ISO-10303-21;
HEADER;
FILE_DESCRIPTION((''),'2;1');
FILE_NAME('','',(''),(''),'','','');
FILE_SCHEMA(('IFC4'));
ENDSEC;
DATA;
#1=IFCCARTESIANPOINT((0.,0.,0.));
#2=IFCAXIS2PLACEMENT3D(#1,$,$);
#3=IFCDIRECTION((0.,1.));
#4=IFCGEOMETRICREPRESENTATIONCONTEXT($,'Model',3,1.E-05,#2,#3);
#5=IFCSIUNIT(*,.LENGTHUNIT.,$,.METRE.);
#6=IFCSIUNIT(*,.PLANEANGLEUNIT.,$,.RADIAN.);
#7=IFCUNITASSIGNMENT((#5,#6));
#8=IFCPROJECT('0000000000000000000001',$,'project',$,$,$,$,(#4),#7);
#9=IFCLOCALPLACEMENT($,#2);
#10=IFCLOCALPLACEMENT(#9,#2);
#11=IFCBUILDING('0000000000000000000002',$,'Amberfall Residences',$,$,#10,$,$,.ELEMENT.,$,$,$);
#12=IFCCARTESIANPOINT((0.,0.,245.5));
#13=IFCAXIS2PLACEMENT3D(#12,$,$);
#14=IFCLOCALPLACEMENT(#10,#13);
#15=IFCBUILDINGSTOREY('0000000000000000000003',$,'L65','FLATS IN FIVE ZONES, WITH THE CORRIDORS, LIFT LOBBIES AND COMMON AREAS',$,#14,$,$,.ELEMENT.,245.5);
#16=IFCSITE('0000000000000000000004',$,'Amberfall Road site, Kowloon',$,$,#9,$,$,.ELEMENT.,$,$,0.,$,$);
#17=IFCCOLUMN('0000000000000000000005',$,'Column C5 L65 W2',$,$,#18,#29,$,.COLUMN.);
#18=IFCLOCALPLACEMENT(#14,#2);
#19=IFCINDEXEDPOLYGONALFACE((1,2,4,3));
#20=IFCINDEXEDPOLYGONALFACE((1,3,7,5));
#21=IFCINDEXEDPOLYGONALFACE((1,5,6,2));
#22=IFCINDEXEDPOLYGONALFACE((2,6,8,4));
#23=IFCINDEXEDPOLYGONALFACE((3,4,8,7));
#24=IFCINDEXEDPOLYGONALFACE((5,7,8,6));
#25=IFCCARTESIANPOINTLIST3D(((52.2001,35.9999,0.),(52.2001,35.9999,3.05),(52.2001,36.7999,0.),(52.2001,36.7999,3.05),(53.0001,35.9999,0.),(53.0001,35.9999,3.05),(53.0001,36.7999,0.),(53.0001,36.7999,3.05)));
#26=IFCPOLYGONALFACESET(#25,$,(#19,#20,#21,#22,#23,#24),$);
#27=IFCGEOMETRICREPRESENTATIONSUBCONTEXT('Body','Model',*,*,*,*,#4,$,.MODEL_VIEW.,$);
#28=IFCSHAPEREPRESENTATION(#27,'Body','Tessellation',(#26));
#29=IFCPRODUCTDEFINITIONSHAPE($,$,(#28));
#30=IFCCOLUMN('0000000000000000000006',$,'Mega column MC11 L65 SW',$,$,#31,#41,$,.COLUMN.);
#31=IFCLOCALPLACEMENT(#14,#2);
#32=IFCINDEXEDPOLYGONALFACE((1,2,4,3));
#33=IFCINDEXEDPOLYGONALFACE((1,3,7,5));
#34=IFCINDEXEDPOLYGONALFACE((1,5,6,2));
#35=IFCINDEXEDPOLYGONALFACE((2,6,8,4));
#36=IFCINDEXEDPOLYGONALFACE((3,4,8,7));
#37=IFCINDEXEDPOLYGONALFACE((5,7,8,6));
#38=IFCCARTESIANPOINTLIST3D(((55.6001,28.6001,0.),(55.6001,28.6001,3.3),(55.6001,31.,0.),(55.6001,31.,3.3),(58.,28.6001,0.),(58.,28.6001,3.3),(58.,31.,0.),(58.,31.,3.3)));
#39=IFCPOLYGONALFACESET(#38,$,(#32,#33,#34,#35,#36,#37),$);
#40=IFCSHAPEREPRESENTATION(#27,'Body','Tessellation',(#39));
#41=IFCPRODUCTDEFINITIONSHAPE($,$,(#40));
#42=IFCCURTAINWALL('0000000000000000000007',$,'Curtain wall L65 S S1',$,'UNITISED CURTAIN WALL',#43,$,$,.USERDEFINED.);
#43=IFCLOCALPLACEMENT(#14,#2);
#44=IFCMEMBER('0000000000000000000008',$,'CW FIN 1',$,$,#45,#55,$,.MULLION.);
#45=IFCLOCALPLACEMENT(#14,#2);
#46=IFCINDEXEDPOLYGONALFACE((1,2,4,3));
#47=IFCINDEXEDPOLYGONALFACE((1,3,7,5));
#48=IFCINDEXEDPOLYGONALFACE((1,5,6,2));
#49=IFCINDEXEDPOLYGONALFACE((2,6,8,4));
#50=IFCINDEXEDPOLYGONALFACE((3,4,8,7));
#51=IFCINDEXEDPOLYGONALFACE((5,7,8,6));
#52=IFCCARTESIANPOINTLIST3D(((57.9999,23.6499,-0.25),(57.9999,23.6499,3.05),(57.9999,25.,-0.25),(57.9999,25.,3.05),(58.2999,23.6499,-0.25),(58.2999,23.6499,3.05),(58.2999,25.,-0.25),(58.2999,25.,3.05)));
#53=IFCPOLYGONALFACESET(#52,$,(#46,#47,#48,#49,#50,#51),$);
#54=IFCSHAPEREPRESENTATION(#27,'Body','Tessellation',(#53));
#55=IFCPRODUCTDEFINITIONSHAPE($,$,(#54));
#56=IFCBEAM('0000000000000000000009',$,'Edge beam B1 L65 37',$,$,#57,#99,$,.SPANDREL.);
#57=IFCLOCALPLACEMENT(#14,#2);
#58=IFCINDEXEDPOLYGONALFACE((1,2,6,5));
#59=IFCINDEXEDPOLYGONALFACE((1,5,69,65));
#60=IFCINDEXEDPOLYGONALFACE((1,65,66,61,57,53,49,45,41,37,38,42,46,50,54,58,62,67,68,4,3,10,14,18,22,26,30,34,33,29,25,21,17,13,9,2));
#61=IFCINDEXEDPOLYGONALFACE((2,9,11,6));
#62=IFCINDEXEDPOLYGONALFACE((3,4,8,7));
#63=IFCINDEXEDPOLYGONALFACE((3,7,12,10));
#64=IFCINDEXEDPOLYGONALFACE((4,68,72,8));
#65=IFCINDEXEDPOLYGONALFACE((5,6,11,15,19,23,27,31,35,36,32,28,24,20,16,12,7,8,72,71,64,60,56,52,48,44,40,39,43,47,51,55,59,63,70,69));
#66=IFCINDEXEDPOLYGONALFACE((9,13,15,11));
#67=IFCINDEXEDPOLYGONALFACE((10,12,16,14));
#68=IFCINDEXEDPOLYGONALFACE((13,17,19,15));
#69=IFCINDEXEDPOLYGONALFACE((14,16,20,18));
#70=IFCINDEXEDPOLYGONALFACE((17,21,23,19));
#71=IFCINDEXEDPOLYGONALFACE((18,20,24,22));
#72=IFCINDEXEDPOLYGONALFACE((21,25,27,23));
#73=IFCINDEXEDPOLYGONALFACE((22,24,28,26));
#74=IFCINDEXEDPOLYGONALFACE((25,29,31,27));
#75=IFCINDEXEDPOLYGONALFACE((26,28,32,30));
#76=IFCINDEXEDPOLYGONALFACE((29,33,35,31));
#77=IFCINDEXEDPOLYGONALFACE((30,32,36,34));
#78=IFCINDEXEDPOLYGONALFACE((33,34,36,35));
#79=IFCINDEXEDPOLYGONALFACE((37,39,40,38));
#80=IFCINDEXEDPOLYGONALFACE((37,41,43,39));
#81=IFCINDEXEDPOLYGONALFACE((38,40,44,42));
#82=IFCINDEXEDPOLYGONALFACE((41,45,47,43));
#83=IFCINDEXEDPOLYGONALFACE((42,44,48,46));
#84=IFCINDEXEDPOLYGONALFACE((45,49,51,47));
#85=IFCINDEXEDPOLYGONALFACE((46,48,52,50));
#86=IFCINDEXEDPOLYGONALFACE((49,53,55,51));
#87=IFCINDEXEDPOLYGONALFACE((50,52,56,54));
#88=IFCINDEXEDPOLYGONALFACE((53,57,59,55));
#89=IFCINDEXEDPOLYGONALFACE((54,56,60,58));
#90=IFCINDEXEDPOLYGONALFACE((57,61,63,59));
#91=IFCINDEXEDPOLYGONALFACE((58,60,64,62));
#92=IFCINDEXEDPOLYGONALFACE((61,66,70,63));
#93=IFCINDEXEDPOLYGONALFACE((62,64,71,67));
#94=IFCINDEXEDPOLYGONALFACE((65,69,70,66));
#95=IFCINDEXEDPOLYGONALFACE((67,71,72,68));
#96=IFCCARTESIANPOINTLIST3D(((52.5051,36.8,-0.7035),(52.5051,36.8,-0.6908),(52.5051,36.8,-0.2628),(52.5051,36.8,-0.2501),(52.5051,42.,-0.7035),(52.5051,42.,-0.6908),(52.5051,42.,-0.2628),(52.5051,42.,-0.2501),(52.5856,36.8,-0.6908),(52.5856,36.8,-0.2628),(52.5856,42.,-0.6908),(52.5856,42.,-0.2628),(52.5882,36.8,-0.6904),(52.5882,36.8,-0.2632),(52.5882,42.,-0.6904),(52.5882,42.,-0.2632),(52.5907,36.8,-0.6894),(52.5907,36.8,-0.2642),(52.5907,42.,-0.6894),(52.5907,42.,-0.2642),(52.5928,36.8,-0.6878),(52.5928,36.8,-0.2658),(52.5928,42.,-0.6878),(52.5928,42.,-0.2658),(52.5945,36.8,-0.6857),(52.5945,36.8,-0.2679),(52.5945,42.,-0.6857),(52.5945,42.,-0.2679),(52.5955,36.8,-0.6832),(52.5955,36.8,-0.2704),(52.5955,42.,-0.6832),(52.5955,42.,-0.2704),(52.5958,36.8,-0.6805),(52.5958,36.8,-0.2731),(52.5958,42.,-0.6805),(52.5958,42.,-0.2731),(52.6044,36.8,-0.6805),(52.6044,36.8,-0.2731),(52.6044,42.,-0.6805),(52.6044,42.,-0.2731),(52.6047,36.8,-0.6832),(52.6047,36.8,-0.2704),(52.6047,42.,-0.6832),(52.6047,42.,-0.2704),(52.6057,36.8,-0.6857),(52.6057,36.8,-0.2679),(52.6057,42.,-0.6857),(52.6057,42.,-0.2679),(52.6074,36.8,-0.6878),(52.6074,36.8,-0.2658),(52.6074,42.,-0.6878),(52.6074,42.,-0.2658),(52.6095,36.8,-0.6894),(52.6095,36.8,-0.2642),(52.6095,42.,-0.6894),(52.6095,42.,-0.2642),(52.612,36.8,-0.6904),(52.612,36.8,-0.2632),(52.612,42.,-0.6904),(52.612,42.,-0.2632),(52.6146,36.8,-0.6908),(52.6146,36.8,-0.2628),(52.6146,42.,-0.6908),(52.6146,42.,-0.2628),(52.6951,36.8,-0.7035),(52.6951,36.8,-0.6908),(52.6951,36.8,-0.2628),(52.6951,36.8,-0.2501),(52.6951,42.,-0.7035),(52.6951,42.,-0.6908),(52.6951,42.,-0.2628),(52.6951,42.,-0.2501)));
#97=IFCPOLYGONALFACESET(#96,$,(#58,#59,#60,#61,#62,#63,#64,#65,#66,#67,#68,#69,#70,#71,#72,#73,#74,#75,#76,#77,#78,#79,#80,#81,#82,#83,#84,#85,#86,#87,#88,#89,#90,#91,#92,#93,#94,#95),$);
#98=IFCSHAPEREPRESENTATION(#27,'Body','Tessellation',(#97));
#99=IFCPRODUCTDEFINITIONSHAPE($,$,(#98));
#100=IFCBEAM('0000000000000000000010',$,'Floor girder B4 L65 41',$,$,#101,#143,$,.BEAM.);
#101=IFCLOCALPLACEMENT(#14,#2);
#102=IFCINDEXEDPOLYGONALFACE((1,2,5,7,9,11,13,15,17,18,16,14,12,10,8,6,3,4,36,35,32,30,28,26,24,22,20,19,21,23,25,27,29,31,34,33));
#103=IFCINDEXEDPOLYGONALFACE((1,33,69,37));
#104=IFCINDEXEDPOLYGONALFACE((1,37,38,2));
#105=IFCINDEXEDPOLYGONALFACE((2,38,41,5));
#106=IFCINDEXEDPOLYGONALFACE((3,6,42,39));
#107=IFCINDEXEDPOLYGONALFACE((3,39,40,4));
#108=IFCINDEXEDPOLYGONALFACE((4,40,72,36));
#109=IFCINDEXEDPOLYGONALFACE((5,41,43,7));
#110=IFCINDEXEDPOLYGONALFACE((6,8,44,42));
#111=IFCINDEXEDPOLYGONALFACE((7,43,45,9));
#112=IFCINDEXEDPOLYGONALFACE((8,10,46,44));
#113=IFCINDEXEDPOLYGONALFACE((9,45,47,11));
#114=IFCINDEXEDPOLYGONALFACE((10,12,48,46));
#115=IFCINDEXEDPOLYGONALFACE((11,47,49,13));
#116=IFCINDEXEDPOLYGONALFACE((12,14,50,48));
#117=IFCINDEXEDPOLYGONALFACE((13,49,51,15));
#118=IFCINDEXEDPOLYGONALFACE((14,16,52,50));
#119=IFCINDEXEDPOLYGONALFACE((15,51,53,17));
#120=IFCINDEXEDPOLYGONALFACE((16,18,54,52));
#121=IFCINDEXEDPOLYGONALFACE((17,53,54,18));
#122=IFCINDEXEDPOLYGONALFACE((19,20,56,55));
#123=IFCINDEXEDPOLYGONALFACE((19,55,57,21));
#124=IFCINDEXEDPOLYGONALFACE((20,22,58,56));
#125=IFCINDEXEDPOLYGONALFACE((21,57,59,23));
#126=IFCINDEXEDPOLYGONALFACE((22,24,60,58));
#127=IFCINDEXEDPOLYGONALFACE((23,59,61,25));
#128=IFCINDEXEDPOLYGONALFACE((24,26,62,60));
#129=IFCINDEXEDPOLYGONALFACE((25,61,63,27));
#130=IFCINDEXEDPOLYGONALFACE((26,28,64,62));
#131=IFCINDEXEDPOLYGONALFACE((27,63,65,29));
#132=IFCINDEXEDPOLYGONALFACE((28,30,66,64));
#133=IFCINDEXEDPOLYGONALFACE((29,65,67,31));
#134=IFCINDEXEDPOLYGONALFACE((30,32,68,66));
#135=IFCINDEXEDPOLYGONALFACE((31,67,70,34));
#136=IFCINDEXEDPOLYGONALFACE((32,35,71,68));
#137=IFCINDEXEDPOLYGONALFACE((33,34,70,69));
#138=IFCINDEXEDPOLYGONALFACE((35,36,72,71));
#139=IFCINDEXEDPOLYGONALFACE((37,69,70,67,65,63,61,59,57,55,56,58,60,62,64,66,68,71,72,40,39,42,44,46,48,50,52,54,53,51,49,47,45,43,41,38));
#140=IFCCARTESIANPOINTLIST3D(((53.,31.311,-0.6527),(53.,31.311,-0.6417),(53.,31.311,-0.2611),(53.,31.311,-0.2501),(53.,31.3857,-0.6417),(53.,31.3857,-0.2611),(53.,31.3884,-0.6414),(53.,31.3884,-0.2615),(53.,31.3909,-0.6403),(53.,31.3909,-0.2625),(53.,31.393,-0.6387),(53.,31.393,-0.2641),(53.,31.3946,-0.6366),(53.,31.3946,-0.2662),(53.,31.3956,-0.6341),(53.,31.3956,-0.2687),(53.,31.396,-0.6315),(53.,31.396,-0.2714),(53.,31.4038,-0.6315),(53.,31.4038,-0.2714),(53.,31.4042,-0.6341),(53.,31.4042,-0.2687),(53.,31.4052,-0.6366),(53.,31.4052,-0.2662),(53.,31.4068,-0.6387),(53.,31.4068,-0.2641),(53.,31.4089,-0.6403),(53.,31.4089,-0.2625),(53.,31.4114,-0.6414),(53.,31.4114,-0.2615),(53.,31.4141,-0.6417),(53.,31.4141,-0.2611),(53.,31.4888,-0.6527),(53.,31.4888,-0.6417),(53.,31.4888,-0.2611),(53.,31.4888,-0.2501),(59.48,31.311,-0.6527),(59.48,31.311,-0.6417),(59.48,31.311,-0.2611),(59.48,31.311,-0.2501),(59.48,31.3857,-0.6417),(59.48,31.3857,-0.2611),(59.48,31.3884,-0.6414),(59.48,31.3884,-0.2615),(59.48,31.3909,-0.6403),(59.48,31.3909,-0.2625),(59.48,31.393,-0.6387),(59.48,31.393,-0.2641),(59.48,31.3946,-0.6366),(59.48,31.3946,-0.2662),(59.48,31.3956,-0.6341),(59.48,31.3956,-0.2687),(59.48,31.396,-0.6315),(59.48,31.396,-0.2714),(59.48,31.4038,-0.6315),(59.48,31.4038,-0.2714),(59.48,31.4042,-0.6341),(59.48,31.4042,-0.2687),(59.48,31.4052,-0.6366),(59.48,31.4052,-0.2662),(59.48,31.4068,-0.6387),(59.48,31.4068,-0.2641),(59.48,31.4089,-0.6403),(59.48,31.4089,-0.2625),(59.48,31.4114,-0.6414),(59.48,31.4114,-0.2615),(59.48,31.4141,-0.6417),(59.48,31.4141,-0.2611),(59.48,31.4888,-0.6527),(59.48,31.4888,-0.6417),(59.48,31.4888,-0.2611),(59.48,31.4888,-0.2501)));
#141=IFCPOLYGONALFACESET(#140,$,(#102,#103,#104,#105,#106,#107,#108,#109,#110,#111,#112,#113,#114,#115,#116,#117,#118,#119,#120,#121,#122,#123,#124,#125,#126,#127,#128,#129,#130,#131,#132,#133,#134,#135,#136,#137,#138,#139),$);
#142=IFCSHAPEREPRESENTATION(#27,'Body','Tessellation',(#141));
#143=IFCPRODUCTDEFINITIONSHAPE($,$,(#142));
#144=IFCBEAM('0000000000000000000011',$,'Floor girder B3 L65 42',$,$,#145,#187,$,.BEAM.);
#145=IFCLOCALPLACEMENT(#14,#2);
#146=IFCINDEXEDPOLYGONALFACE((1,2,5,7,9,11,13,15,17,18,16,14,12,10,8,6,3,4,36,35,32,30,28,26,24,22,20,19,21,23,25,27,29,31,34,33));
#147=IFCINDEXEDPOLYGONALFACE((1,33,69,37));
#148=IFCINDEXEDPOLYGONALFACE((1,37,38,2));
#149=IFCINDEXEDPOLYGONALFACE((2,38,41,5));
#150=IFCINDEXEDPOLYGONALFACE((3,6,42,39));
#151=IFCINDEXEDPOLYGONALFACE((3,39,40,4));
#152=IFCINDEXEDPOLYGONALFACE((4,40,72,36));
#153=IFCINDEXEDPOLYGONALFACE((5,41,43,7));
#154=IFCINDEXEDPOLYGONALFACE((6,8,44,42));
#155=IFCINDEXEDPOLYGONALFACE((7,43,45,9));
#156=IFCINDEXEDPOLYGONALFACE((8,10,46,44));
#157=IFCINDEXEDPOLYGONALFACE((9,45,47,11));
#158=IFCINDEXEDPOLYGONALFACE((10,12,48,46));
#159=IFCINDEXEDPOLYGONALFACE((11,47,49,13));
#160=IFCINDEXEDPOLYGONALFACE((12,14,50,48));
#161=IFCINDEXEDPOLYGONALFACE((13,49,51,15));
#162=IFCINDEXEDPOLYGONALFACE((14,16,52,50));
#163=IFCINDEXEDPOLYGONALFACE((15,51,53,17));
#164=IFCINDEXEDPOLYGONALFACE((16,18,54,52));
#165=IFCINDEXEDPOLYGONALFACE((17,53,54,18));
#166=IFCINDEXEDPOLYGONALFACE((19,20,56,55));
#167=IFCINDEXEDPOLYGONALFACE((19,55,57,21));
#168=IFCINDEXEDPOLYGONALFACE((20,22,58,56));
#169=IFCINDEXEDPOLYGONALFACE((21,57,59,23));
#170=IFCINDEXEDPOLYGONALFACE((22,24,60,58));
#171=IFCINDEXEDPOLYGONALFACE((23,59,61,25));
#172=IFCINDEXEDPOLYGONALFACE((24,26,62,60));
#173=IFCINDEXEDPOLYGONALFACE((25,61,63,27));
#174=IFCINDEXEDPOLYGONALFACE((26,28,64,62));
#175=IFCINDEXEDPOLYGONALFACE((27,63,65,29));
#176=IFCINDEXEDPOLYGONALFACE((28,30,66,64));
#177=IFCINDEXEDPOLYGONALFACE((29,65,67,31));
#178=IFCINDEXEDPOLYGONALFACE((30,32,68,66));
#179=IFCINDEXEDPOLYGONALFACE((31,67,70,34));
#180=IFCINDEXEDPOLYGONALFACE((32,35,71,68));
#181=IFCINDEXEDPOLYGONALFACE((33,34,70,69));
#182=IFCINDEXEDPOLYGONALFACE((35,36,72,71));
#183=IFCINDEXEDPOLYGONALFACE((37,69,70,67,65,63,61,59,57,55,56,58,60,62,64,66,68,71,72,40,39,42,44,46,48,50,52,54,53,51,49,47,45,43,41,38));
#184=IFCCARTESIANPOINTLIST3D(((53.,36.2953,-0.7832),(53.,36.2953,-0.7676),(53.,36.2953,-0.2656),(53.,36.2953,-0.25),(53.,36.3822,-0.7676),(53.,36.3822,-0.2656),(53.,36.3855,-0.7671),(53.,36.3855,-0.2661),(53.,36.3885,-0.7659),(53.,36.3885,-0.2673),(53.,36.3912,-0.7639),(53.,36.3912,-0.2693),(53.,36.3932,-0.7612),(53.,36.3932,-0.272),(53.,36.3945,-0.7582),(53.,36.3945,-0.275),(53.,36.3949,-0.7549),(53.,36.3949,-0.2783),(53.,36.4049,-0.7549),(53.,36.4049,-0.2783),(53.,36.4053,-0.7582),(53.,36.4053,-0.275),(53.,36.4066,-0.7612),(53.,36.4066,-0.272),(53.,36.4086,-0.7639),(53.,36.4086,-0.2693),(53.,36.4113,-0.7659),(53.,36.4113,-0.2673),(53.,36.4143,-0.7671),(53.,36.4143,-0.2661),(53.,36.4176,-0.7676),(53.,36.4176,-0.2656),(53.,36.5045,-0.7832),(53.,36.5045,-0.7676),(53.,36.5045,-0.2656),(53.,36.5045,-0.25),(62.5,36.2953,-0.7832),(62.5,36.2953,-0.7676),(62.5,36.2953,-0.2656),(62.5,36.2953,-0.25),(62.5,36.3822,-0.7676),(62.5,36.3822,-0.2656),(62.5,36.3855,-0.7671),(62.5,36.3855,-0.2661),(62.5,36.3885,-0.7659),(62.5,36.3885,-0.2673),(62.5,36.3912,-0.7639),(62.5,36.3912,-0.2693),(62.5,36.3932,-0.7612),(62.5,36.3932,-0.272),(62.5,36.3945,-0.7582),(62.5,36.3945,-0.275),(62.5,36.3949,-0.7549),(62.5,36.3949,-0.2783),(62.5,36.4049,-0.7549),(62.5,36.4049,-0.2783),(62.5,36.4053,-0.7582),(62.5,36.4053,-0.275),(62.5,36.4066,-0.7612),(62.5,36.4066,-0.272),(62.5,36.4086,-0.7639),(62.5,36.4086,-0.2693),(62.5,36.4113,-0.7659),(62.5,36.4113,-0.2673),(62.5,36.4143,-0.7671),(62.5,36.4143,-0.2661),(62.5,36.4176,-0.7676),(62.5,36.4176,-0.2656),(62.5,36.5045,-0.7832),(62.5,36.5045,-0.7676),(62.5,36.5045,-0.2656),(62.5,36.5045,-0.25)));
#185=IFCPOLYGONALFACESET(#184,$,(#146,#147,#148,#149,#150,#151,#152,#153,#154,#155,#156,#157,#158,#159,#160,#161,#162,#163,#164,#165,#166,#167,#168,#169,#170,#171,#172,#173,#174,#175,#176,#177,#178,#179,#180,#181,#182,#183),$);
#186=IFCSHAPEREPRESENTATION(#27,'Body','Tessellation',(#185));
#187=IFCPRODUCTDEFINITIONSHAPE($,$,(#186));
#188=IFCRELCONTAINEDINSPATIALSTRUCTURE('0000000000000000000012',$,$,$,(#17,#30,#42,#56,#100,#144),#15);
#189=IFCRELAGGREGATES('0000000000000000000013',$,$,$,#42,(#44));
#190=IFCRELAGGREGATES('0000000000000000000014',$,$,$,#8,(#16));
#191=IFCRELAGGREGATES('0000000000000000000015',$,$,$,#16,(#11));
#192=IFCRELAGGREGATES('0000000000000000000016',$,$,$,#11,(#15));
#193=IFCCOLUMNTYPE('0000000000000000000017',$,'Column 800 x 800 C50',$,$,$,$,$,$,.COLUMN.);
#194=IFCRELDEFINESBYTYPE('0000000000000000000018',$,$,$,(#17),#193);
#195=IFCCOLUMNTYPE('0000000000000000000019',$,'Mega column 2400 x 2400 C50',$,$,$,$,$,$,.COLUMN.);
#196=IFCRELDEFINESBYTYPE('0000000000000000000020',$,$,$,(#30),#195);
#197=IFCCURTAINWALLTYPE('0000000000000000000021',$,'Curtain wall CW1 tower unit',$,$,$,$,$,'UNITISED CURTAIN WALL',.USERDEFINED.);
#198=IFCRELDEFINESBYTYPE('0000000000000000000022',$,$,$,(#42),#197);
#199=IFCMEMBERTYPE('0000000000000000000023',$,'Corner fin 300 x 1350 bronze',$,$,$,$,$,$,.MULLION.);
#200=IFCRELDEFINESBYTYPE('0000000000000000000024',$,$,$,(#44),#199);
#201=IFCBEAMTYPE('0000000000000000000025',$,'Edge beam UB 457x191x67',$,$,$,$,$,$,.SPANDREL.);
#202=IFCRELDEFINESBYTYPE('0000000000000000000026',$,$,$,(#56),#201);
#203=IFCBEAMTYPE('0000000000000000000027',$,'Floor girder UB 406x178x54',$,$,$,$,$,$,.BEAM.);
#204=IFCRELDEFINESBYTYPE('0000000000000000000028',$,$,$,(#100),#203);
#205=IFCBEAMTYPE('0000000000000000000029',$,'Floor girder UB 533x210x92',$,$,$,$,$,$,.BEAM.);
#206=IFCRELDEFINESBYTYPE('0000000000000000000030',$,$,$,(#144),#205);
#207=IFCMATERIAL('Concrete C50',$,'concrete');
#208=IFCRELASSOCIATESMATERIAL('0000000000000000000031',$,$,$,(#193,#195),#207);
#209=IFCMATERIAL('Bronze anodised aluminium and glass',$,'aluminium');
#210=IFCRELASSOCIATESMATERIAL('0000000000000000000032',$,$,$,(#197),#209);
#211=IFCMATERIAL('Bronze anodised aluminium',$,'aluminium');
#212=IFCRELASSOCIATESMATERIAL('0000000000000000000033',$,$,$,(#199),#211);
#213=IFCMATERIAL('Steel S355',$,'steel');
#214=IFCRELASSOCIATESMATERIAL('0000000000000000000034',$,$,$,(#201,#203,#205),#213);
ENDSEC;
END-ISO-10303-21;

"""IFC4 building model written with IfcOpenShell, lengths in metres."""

from ifc_helpers import new_model, si_unit, direction, frame, origin, origin_2d, place, context, subcontext, project, spatial, rectangle, i_section, extrude, material, material_profile, profile_set, type_object, element, aggregate, save


model = new_model("IFC4")

# Units and contexts
model_context = context("Model", 3, precision=1e-05, world=origin(), true_north=direction((0.0, 1.0)))
body_context = subcontext(model_context, "Body", "Model", "MODEL_VIEW")
ifc_project = project(units=[si_unit("LENGTHUNIT", "METRE"), si_unit("PLANEANGLEUNIT", "RADIAN")], contexts=[model_context])

# Site, building, storey
site_placement = place(None, origin())
site = spatial("IfcSite", under=ifc_project, at=site_placement, Name="Amberfall Road site, Kowloon", CompositionType="ELEMENT", RefElevation=0.0)
building_placement = place(site_placement, origin())
building = spatial("IfcBuilding", under=site, at=building_placement, Name="Amberfall Residences", CompositionType="ELEMENT")
storey_placement = place(building_placement, frame((0.0, 0.0, 245.5)))
storey = spatial("IfcBuildingStorey", under=building, at=storey_placement, Name="L65", Description="FLATS IN FIVE ZONES, WITH THE CORRIDORS, LIFT LOBBIES AND COMMON AREAS", CompositionType="ELEMENT", Elevation=245.5)

# Columns
ifc_material_1 = material(Name="Concrete C50", Category="concrete")
ifc_material_profile_1 = material_profile(ifc_material_1, rectangle(XDim=0.8, YDim=0.8, at=origin_2d()), Name="Column 800 x 800 C50")
ifc_profile_set_1 = profile_set([ifc_material_profile_1], Name="Concrete C50")
column_type_1 = type_object("IfcColumnType", Name="Column 800 x 800 C50", PredefinedType="COLUMN", material=ifc_profile_set_1)
column_1_placement = place(storey_placement, frame((52.6001, 36.3999, 0.0), z_axis=(0.0, 0.0, 1.0), x_axis=(1.0, 0.0, 0.0)))
element("IfcColumn", 1, at=column_1_placement, inside=storey, type_object=column_type_1, Name="Column C5 L65 W2", PredefinedType="COLUMN", context=body_context, shape_type="SweptSolid", body=[
    extrude(rectangle(XDim=0.8, YDim=0.8, at=origin_2d()), origin(), (0.0, 0.0, 1.0), 3.05),
])
ifc_material_profile_2 = material_profile(ifc_material_1, rectangle(XDim=2.3999, YDim=2.3999, at=origin_2d()), Name="Mega column 2400 x 2400 C50")
ifc_profile_set_2 = profile_set([ifc_material_profile_2], Name="Concrete C50")
column_type_2 = type_object("IfcColumnType", Name="Mega column 2400 x 2400 C50", PredefinedType="COLUMN", material=ifc_profile_set_2)
column_2_placement = place(storey_placement, frame((56.8, 29.8, 0.0), z_axis=(0.0, 0.0, 1.0), x_axis=(1.0, 0.0, 0.0)))
element("IfcColumn", 2, at=column_2_placement, inside=storey, type_object=column_type_2, Name="Mega column MC11 L65 SW", PredefinedType="COLUMN", context=body_context, shape_type="SweptSolid", body=[
    extrude(rectangle(XDim=2.3999, YDim=2.3999, at=origin_2d()), origin(), (0.0, 0.0, 1.0), 3.3),
])

# Curtain wall, member
ifc_material_2 = material(Name="Bronze anodised aluminium and glass", Category="aluminium")
curtain_wall_type = type_object("IfcCurtainWallType", Name="Curtain wall CW1 tower unit", ElementType="UNITISED CURTAIN WALL", PredefinedType="USERDEFINED", material=ifc_material_2)
curtain_wall_placement = place(storey_placement, origin())
curtain_wall = element("IfcCurtainWall", 3, at=curtain_wall_placement, inside=storey, type_object=curtain_wall_type, Name="Curtain wall L65 S S1", ObjectType="UNITISED CURTAIN WALL", PredefinedType="USERDEFINED")
ifc_material_3 = material(Name="Bronze anodised aluminium", Category="aluminium")
ifc_material_profile_3 = material_profile(ifc_material_3, rectangle(XDim=1.3501, YDim=0.3, at=origin_2d()), Name="Corner fin 300 x 1350 bronze")
ifc_profile_set_3 = profile_set([ifc_material_profile_3], Name="Bronze anodised aluminium")
member_type = type_object("IfcMemberType", Name="Corner fin 300 x 1350 bronze", PredefinedType="MULLION", material=ifc_profile_set_3)
member_placement = place(storey_placement, frame((58.1499, 24.325, -0.25), z_axis=(0.0, 0.0, 1.0), x_axis=(0.0, 1.0, 0.0)))
member = element("IfcMember", 4, at=member_placement, type_object=member_type, Name="CW FIN 1", PredefinedType="MULLION", context=body_context, shape_type="SweptSolid", body=[
    extrude(rectangle(XDim=1.3501, YDim=0.3, at=origin_2d()), origin(), (0.0, 0.0, 1.0), 3.3),
])
aggregate(curtain_wall, [member])

# Beams
ifc_material_4 = material(Name="Steel S355", Category="steel")
ifc_material_profile_4 = material_profile(ifc_material_4, i_section(OverallWidth=0.1899, OverallDepth=0.4534, WebThickness=0.0085, FlangeThickness=0.0127, FilletRadius=0.0103, at=origin_2d()), Name="UB 457x191x67")
ifc_profile_set_4 = profile_set([ifc_material_profile_4], Name="Steel S355")
beam_type_1 = type_object("IfcBeamType", Name="Edge beam UB 457x191x67", PredefinedType="SPANDREL", material=ifc_profile_set_4)
beam_1_placement = place(storey_placement, frame((52.6001, 36.8, -0.4768), z_axis=(0.0, 1.0, 0.0), x_axis=(-1.0, 0.0, 0.0)))
element("IfcBeam", 5, at=beam_1_placement, inside=storey, type_object=beam_type_1, Name="Edge beam B1 L65 37", PredefinedType="SPANDREL", context=body_context, shape_type="SweptSolid", body=[
    extrude(i_section(OverallWidth=0.1899, OverallDepth=0.4534, WebThickness=0.0085, FlangeThickness=0.0127, FilletRadius=0.0103, at=origin_2d()), origin(), (0.0, 0.0, 1.0), 5.2),
])
ifc_material_profile_5 = material_profile(ifc_material_4, i_section(OverallWidth=0.1777, OverallDepth=0.4026, WebThickness=0.0078, FlangeThickness=0.011, FilletRadius=0.0103, at=origin_2d()), Name="UB 406x178x54")
ifc_profile_set_5 = profile_set([ifc_material_profile_5], Name="Steel S355")
beam_type_2 = type_object("IfcBeamType", Name="Floor girder UB 406x178x54", PredefinedType="BEAM", material=ifc_profile_set_5)
beam_2_placement = place(storey_placement, frame((53.0, 31.3999, -0.4514), z_axis=(1.0, 0.0, 0.0), x_axis=(0.0, 1.0, 0.0)))
element("IfcBeam", 6, at=beam_2_placement, inside=storey, type_object=beam_type_2, Name="Floor girder B4 L65 41", PredefinedType="BEAM", context=body_context, shape_type="SweptSolid", body=[
    extrude(i_section(OverallWidth=0.1777, OverallDepth=0.4026, WebThickness=0.0078, FlangeThickness=0.011, FilletRadius=0.0103, at=origin_2d()), origin(), (0.0, 0.0, 1.0), 6.48),
])
ifc_material_profile_6 = material_profile(ifc_material_4, i_section(OverallWidth=0.2092, OverallDepth=0.5332, WebThickness=0.01, FlangeThickness=0.0156, FilletRadius=0.0127, at=origin_2d()), Name="UB 533x210x92")
ifc_profile_set_6 = profile_set([ifc_material_profile_6], Name="Steel S355")
beam_type_3 = type_object("IfcBeamType", Name="Floor girder UB 533x210x92", PredefinedType="BEAM", material=ifc_profile_set_6)
beam_3_placement = place(storey_placement, frame((53.0, 36.3999, -0.5166), z_axis=(1.0, 0.0, 0.0), x_axis=(0.0, 1.0, 0.0)))
element("IfcBeam", 7, at=beam_3_placement, inside=storey, type_object=beam_type_3, Name="Floor girder B3 L65 42", PredefinedType="BEAM", context=body_context, shape_type="SweptSolid", body=[
    extrude(i_section(OverallWidth=0.2092, OverallDepth=0.5332, WebThickness=0.01, FlangeThickness=0.0156, FilletRadius=0.0127, at=origin_2d()), origin(), (0.0, 0.0, 1.0), 9.5),
])

save(model, "model.ifc")
